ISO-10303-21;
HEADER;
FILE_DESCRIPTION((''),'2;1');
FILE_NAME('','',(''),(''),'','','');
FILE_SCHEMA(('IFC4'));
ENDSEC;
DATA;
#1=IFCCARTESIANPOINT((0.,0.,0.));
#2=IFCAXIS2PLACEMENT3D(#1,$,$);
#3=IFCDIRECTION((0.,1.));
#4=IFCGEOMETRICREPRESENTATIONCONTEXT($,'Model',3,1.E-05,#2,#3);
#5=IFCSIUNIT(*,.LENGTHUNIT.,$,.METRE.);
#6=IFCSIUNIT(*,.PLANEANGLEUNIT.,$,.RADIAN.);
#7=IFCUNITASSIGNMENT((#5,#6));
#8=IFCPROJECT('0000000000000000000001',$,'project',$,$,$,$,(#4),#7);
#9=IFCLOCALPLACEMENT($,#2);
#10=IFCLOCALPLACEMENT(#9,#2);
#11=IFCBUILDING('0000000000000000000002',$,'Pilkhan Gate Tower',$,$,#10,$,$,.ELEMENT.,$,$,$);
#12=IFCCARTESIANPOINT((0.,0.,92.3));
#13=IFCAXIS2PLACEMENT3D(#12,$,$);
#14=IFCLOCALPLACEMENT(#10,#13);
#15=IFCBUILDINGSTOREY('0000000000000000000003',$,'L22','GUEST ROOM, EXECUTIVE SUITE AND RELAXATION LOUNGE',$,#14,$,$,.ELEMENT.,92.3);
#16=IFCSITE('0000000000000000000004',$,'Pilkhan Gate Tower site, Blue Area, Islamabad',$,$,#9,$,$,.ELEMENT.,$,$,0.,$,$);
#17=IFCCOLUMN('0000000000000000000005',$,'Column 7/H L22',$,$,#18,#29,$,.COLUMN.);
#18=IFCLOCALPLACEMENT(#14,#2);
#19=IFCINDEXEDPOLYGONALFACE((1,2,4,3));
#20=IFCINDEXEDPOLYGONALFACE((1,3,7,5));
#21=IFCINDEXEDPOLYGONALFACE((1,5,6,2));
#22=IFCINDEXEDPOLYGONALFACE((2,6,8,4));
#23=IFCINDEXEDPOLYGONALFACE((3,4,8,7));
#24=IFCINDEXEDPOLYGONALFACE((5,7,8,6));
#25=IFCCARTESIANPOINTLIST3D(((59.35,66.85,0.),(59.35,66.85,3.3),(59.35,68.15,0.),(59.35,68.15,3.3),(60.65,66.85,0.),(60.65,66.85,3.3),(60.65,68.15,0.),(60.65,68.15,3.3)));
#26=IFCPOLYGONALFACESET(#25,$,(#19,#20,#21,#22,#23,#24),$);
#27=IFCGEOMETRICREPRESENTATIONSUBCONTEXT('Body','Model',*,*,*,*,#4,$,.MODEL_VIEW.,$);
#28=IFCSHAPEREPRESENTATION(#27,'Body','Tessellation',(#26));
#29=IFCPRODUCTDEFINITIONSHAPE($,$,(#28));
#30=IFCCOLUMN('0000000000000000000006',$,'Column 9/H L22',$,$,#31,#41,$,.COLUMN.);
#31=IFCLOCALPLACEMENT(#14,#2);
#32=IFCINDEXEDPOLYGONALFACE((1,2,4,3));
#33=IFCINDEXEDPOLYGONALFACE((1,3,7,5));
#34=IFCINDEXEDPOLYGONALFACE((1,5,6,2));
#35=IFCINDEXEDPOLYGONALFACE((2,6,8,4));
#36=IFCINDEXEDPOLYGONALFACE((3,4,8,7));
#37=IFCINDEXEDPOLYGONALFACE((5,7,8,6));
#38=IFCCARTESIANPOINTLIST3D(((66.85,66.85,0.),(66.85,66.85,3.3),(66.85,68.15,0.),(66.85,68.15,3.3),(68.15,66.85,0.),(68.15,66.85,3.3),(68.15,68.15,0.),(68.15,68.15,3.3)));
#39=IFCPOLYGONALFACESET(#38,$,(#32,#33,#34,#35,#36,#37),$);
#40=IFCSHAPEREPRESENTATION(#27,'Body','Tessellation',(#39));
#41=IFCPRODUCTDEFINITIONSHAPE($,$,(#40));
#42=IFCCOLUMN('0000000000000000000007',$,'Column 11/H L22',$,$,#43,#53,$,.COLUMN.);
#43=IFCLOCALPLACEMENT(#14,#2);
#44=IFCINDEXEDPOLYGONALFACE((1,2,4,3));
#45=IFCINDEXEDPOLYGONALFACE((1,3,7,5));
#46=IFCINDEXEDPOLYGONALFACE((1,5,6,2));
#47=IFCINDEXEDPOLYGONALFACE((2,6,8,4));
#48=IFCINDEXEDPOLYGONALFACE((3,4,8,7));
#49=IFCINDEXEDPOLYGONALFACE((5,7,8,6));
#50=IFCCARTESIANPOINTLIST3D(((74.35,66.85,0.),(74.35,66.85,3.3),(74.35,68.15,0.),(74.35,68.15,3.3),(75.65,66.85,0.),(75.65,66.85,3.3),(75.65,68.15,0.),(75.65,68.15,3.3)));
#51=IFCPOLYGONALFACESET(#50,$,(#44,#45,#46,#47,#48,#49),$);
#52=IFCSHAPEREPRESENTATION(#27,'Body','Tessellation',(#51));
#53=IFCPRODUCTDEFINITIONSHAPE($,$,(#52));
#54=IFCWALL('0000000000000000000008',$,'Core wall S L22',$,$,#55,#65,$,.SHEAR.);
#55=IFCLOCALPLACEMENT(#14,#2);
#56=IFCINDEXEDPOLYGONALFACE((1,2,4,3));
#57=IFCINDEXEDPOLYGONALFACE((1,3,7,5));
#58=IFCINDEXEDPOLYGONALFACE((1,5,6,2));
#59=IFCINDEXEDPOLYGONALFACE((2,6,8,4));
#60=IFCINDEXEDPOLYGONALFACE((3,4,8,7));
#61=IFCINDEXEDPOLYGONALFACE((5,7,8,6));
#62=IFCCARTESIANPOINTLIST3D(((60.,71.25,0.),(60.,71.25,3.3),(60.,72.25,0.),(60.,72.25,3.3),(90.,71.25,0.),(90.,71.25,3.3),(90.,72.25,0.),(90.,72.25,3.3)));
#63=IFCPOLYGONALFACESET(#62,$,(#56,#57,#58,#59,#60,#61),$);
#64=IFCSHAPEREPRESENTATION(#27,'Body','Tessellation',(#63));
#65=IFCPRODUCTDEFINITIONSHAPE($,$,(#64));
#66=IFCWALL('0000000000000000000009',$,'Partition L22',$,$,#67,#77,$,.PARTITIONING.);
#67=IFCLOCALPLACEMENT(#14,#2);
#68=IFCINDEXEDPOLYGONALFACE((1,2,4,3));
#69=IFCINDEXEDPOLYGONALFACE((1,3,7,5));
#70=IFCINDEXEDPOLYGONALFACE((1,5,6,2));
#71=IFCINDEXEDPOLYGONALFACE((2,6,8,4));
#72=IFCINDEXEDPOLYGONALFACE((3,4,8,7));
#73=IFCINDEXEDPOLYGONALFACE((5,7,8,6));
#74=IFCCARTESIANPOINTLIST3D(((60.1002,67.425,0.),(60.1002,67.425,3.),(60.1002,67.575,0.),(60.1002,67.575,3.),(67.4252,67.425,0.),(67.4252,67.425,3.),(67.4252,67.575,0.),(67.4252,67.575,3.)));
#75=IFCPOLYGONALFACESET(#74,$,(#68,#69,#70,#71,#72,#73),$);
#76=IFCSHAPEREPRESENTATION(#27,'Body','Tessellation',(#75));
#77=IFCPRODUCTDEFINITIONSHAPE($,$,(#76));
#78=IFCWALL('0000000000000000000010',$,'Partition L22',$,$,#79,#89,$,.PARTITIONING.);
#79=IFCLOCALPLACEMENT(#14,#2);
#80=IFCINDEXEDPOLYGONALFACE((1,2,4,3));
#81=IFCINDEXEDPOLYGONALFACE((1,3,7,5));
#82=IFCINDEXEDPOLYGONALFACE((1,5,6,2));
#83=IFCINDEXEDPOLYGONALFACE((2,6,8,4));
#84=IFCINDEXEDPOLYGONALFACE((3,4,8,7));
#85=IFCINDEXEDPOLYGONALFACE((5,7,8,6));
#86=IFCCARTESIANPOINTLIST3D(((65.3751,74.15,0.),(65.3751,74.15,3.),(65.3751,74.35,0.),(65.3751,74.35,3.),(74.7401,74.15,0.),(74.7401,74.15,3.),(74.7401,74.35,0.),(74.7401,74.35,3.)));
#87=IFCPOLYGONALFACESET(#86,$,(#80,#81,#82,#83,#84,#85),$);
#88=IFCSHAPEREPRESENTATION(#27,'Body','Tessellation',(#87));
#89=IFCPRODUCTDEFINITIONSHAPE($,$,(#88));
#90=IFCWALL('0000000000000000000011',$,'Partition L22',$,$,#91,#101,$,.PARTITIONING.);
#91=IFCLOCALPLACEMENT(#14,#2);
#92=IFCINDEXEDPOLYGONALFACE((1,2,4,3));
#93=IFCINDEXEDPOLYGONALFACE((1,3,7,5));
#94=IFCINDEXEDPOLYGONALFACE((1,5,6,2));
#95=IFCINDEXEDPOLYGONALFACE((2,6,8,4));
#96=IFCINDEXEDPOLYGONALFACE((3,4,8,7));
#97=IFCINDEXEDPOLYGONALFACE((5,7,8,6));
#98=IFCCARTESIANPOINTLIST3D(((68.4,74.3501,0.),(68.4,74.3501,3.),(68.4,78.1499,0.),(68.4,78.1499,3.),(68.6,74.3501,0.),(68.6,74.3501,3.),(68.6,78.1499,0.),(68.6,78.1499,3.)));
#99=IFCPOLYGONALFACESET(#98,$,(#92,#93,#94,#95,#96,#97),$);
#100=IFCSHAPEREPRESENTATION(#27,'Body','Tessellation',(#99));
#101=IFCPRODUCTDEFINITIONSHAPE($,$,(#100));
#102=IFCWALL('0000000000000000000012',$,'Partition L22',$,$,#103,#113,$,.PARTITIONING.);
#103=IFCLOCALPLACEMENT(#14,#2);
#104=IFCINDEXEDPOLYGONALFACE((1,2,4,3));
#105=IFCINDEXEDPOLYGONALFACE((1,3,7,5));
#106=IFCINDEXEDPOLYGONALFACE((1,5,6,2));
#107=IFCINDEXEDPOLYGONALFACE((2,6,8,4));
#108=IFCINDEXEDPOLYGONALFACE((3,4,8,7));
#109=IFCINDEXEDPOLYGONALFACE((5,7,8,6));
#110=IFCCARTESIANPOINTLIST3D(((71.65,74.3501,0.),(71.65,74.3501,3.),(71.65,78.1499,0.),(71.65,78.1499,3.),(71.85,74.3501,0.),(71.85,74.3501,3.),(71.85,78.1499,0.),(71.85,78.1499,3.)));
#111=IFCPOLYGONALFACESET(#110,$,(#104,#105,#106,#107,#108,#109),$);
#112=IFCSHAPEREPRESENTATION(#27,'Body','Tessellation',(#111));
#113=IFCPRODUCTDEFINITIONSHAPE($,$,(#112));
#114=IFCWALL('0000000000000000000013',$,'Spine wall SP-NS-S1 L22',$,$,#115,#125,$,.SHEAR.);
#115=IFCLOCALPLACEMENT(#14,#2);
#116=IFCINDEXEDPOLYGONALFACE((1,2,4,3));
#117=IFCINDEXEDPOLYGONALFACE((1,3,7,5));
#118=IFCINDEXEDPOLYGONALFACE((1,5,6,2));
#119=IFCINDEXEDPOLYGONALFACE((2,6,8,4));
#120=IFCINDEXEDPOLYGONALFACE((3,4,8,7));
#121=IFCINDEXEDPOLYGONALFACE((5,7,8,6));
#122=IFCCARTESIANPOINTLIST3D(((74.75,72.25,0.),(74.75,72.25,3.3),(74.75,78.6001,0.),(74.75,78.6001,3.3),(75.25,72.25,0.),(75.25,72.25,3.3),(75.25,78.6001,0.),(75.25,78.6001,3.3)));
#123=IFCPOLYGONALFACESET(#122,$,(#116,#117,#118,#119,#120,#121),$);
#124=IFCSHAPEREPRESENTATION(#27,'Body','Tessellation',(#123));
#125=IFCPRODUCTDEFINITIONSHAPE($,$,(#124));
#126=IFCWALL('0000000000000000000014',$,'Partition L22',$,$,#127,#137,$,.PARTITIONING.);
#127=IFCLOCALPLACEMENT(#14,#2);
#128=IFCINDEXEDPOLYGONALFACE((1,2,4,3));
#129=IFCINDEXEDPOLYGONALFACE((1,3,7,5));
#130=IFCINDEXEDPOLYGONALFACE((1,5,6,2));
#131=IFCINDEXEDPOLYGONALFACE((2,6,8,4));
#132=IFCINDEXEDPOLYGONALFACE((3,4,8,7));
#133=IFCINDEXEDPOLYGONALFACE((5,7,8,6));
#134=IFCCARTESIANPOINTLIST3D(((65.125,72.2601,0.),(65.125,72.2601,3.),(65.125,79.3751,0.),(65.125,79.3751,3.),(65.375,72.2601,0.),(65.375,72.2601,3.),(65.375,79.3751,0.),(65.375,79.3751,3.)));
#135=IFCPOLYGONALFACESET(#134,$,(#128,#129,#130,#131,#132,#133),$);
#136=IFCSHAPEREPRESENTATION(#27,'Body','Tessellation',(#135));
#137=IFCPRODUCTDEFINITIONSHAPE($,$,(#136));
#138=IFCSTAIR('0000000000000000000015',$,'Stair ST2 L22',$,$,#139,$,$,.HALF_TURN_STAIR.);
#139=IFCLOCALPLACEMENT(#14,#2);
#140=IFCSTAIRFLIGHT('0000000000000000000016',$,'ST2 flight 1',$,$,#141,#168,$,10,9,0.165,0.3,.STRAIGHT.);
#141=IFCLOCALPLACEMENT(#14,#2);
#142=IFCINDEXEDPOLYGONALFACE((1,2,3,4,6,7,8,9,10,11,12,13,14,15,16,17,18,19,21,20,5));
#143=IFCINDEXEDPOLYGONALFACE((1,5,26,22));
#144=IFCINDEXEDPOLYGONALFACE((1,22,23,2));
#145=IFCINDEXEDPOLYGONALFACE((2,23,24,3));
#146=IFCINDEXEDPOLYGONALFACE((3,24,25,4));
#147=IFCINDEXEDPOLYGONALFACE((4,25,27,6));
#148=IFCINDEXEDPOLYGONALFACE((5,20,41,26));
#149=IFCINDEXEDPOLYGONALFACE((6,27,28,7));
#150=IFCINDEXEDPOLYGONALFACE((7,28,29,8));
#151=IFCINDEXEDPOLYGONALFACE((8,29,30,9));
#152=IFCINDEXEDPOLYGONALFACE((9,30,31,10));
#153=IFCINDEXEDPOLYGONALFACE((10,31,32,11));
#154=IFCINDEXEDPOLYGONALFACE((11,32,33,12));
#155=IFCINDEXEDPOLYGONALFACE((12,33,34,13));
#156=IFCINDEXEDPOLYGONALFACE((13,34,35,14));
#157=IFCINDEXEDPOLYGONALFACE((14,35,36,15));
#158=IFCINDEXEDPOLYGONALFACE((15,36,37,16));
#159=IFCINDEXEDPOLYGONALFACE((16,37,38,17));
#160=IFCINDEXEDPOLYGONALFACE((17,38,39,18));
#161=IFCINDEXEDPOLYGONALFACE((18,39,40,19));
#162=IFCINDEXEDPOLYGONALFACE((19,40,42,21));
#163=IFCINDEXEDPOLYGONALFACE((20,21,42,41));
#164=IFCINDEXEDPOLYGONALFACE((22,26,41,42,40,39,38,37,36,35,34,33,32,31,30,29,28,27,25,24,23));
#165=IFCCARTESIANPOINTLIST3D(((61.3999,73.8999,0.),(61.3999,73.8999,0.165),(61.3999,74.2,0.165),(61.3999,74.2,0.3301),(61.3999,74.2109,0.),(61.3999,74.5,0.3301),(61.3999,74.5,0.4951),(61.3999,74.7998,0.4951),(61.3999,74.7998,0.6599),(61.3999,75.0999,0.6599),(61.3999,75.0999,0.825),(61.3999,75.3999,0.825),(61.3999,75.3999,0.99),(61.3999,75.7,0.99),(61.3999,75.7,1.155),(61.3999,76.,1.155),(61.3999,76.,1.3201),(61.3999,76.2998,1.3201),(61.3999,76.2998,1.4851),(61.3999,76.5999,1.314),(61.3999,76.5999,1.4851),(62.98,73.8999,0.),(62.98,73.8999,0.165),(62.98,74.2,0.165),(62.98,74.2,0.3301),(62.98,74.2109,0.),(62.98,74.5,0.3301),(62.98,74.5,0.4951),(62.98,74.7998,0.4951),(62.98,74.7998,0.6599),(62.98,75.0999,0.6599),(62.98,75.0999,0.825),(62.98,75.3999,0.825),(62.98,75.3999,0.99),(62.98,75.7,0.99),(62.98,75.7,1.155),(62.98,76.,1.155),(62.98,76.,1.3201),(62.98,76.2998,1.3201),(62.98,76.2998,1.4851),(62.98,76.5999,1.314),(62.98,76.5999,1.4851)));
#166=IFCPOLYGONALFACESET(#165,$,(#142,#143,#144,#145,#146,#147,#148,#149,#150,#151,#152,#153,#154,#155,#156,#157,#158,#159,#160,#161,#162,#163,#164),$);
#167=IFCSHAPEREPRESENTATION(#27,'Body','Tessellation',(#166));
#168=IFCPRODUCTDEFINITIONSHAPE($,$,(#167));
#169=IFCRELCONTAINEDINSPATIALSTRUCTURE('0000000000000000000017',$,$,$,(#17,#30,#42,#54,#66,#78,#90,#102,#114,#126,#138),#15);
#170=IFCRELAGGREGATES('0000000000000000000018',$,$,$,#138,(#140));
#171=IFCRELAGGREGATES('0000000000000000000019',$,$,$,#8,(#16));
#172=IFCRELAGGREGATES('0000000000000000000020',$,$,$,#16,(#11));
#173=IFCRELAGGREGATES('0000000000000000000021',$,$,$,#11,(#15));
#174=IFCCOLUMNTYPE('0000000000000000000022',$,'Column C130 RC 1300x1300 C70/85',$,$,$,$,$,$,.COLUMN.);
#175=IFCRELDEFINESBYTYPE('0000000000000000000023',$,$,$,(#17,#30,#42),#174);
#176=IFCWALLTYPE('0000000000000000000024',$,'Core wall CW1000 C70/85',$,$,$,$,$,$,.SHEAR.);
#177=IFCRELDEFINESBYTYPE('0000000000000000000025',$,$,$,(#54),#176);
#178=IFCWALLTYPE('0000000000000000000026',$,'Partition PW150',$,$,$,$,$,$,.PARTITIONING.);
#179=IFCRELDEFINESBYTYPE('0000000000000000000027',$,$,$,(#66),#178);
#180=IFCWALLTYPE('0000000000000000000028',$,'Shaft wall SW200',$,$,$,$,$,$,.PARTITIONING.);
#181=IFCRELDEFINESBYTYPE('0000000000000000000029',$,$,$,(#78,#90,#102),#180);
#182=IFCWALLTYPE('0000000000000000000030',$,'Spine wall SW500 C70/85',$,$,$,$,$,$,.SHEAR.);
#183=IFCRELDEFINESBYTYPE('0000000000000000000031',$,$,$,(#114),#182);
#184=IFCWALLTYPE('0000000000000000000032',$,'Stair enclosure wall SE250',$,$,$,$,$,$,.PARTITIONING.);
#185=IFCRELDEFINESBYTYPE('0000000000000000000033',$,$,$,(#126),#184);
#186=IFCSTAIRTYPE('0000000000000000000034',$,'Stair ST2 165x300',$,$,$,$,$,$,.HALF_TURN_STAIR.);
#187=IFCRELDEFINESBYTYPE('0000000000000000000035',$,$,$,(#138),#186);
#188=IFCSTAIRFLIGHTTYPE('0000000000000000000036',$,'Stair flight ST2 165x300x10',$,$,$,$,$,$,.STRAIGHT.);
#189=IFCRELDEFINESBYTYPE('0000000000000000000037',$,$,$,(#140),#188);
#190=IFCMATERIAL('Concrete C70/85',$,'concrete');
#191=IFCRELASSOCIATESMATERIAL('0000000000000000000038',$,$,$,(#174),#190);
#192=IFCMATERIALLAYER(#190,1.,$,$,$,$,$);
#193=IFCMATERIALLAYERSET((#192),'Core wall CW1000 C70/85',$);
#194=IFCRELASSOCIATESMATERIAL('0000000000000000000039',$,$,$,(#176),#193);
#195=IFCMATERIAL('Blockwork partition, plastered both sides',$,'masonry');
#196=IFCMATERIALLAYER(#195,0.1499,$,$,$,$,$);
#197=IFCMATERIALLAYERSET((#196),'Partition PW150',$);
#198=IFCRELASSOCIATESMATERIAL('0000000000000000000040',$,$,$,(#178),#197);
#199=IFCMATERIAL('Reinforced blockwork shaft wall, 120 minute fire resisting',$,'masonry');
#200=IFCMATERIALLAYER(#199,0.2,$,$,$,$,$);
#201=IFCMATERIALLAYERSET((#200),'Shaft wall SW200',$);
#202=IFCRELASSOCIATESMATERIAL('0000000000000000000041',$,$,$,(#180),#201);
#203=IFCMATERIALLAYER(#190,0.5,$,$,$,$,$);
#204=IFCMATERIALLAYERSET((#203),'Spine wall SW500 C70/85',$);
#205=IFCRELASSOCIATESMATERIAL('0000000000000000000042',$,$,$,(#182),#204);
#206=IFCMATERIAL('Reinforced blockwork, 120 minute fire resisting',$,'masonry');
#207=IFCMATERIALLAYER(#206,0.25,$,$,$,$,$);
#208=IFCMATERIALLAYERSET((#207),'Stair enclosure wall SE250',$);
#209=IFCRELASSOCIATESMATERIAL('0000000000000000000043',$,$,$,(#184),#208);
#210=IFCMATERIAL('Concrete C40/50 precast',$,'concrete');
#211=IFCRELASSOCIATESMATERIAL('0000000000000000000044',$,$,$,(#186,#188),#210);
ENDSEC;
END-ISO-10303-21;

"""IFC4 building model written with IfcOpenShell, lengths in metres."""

from ifc_helpers import new_model, si_unit, direction, frame, frame_2d, origin, origin_2d, place, context, subcontext, project, spatial, polyline, rectangle, outline, extrude, material, layer, layer_set, material_profile, profile_set, type_object, element, aggregate, save


model = new_model("IFC4")

# Units and contexts
model_context = context("Model", 3, precision=1e-05, world=origin(), true_north=direction((0.0, 1.0)))
body_context = subcontext(model_context, "Body", "Model", "MODEL_VIEW")
ifc_project = project(units=[si_unit("LENGTHUNIT", "METRE"), si_unit("PLANEANGLEUNIT", "RADIAN")], contexts=[model_context])

# Site, building, storey
site_placement = place(None, origin())
site = spatial("IfcSite", under=ifc_project, at=site_placement, Name="Pilkhan Gate Tower site, Blue Area, Islamabad", CompositionType="ELEMENT", RefElevation=0.0)
building_placement = place(site_placement, origin())
building = spatial("IfcBuilding", under=site, at=building_placement, Name="Pilkhan Gate Tower", CompositionType="ELEMENT")
storey_placement = place(building_placement, frame((0.0, 0.0, 92.3)))
storey = spatial("IfcBuildingStorey", under=building, at=storey_placement, Name="L22", Description="GUEST ROOM, EXECUTIVE SUITE AND RELAXATION LOUNGE", CompositionType="ELEMENT", Elevation=92.3)

# Columns
ifc_material_1 = material(Name="Concrete C70/85", Category="concrete")
ifc_material_profile = material_profile(ifc_material_1, rectangle(XDim=1.3, YDim=1.3, at=origin_2d()), Name="RC 1300x1300")
ifc_profile_set = profile_set([ifc_material_profile], Name="Concrete C70/85")
column_type = type_object("IfcColumnType", Name="Column C130 RC 1300x1300 C70/85", PredefinedType="COLUMN", material=ifc_profile_set)
for number, where, z_axis, x_axis, name in (
    (1, (60.0, 67.5, 0.0), (0.0, 0.0, 1.0), (1.0, 0.0, 0.0), "Column 7/H L22"),
    (2, (67.5, 67.5, 0.0), (0.0, 0.0, 1.0), (1.0, 0.0, 0.0), "Column 9/H L22"),
    (3, (75.0, 67.5, 0.0), (0.0, 0.0, 1.0), (1.0, 0.0, 0.0), "Column 11/H L22"),
):
    element("IfcColumn", number, at=place(storey_placement, frame(where, z_axis=z_axis, x_axis=x_axis)), inside=storey, type_object=column_type, Name=name, PredefinedType="COLUMN", context=body_context, shape_type="SweptSolid", body=[
        extrude(rectangle(XDim=1.3, YDim=1.3, at=origin_2d()), origin(), (0.0, 0.0, 1.0), 3.3),
    ])

# Walls
ifc_layer_1 = layer(ifc_material_1, 1.0)
ifc_layer_set_1 = layer_set([ifc_layer_1], Name="Core wall CW1000 C70/85")
wall_type_1 = type_object("IfcWallType", Name="Core wall CW1000 C70/85", PredefinedType="SHEAR", material=ifc_layer_set_1)
wall_1_placement = place(storey_placement, frame((60.0, 71.75, 0.0), z_axis=(0.0, 0.0, 1.0), x_axis=(1.0, 0.0, 0.0)))
element("IfcWall", 4, at=wall_1_placement, inside=storey, type_object=wall_type_1, Name="Core wall S L22", PredefinedType="SHEAR", context=body_context, shape_type="SweptSolid", body=[
    extrude(rectangle(XDim=30.0, YDim=1.0, at=frame_2d((15.0, 0.0))), origin(), (0.0, 0.0, 1.0), 3.3),
])
ifc_material_2 = material(Name="Blockwork partition, plastered both sides", Category="masonry")
ifc_layer_2 = layer(ifc_material_2, 0.1499)
ifc_layer_set_2 = layer_set([ifc_layer_2], Name="Partition PW150")
wall_type_2 = type_object("IfcWallType", Name="Partition PW150", PredefinedType="PARTITIONING", material=ifc_layer_set_2)
wall_2_placement = place(storey_placement, frame((60.1001, 67.5, 0.0), z_axis=(0.0, 0.0, 1.0), x_axis=(1.0, 0.0, 0.0)))
element("IfcWall", 5, at=wall_2_placement, inside=storey, type_object=wall_type_2, Name="Partition L22", PredefinedType="PARTITIONING", context=body_context, shape_type="SweptSolid", body=[
    extrude(rectangle(XDim=7.325, YDim=0.1499, at=frame_2d((3.6626, 0.0))), origin(), (0.0, 0.0, 1.0), 3.0),
])
ifc_material_3 = material(Name="Reinforced blockwork shaft wall, 120 minute fire resisting", Category="masonry")
ifc_layer_3 = layer(ifc_material_3, 0.2)
ifc_layer_set_3 = layer_set([ifc_layer_3], Name="Shaft wall SW200")
wall_type_3 = type_object("IfcWallType", Name="Shaft wall SW200", PredefinedType="PARTITIONING", material=ifc_layer_set_3)
wall_3_placement = place(storey_placement, frame((65.375, 74.25, 0.0), z_axis=(0.0, 0.0, 1.0), x_axis=(1.0, 0.0, 0.0)))
element("IfcWall", 6, at=wall_3_placement, inside=storey, type_object=wall_type_3, Name="Partition L22", PredefinedType="PARTITIONING", context=body_context, shape_type="SweptSolid", body=[
    extrude(rectangle(XDim=9.365, YDim=0.2, at=frame_2d((4.6826, 0.0))), origin(), (0.0, 0.0, 1.0), 3.0),
])
for number, where, z_axis, x_axis, name in (
    (7, (68.5, 74.3501, 0.0), (0.0, 0.0, 1.0), (0.0, 1.0, 0.0), "Partition L22"),
    (8, (71.75, 74.3501, 0.0), (0.0, 0.0, 1.0), (0.0, 1.0, 0.0), "Partition L22"),
):
    element("IfcWall", number, at=place(storey_placement, frame(where, z_axis=z_axis, x_axis=x_axis)), inside=storey, type_object=wall_type_3, Name=name, PredefinedType="PARTITIONING", context=body_context, shape_type="SweptSolid", body=[
        extrude(rectangle(XDim=3.7998, YDim=0.2, at=frame_2d((1.8999, 0.0))), origin(), (0.0, 0.0, 1.0), 3.0),
    ])
ifc_layer_4 = layer(ifc_material_1, 0.5)
ifc_layer_set_4 = layer_set([ifc_layer_4], Name="Spine wall SW500 C70/85")
wall_type_4 = type_object("IfcWallType", Name="Spine wall SW500 C70/85", PredefinedType="SHEAR", material=ifc_layer_set_4)
wall_4_placement = place(storey_placement, frame((75.0, 72.25, 0.0), z_axis=(0.0, 0.0, 1.0), x_axis=(0.0, 1.0, 0.0)))
element("IfcWall", 9, at=wall_4_placement, inside=storey, type_object=wall_type_4, Name="Spine wall SP-NS-S1 L22", PredefinedType="SHEAR", context=body_context, shape_type="SweptSolid", body=[
    extrude(rectangle(XDim=6.3501, YDim=0.5, at=frame_2d((3.175, 0.0))), origin(), (0.0, 0.0, 1.0), 3.3),
])
ifc_material_4 = material(Name="Reinforced blockwork, 120 minute fire resisting", Category="masonry")
ifc_layer_5 = layer(ifc_material_4, 0.25)
ifc_layer_set_5 = layer_set([ifc_layer_5], Name="Stair enclosure wall SE250")
wall_type_5 = type_object("IfcWallType", Name="Stair enclosure wall SE250", PredefinedType="PARTITIONING", material=ifc_layer_set_5)
wall_5_placement = place(storey_placement, frame((65.25, 72.26, 0.0), z_axis=(0.0, 0.0, 1.0), x_axis=(0.0, 1.0, 0.0)))
element("IfcWall", 10, at=wall_5_placement, inside=storey, type_object=wall_type_5, Name="Partition L22", PredefinedType="PARTITIONING", context=body_context, shape_type="SweptSolid", body=[
    extrude(rectangle(XDim=7.115, YDim=0.25, at=frame_2d((3.5576, 0.0))), origin(), (0.0, 0.0, 1.0), 3.0),
])

# Stair, stair flight
ifc_material_5 = material(Name="Concrete C40/50 precast", Category="concrete")
stair_type = type_object("IfcStairType", Name="Stair ST2 165x300", PredefinedType="HALF_TURN_STAIR", material=ifc_material_5)
stair_placement = place(storey_placement, origin())
stair = element("IfcStair", 11, at=stair_placement, inside=storey, type_object=stair_type, Name="Stair ST2 L22", PredefinedType="HALF_TURN_STAIR")
stair_flight_type = type_object("IfcStairFlightType", Name="Stair flight ST2 165x300x10", PredefinedType="STRAIGHT", material=ifc_material_5)
stair_flight_1_placement = place(storey_placement, frame((62.1899, 73.8999, 0.0), z_axis=(0.0, 0.0, 1.0), x_axis=(0.0, 1.0, 0.0)))
stair_flight_1 = element("IfcStairFlight", 12, at=stair_flight_1_placement, type_object=stair_flight_type, Name="ST2 flight 1", NumberOfRisers=10, NumberOfTreads=9, PredefinedType="STRAIGHT", RiserHeight=0.165, TreadLength=0.3, context=body_context, shape_type="SweptSolid", body=[
    extrude(outline(polyline([(0.0, 0.0), (0.0, 0.165), (0.3, 0.165), (0.3, 0.3301), (0.6001, 0.3301), (0.6001, 0.4951), (0.8999, 0.4951), (0.8999, 0.6599), (1.2, 0.6599), (1.2, 0.825), (1.5, 0.825), (1.5, 0.99), (1.8, 0.99), (1.8, 1.155), (2.1001, 1.155), (2.1001, 1.3201), (2.3999, 1.3201), (2.3999, 1.4851), (2.7, 1.4851), (2.7, 1.6499), (2.7, 1.314), (0.311, 0.0), (0.0, 0.0)])), frame((0.0, 0.79, 0.0), z_axis=(0.0, -1.0, 0.0), x_axis=(1.0, 0.0, 0.0)), (0.0, 0.0, 1.0), 1.5801),
])
aggregate(stair, [stair_flight_1])

save(model, "model.ifc")
